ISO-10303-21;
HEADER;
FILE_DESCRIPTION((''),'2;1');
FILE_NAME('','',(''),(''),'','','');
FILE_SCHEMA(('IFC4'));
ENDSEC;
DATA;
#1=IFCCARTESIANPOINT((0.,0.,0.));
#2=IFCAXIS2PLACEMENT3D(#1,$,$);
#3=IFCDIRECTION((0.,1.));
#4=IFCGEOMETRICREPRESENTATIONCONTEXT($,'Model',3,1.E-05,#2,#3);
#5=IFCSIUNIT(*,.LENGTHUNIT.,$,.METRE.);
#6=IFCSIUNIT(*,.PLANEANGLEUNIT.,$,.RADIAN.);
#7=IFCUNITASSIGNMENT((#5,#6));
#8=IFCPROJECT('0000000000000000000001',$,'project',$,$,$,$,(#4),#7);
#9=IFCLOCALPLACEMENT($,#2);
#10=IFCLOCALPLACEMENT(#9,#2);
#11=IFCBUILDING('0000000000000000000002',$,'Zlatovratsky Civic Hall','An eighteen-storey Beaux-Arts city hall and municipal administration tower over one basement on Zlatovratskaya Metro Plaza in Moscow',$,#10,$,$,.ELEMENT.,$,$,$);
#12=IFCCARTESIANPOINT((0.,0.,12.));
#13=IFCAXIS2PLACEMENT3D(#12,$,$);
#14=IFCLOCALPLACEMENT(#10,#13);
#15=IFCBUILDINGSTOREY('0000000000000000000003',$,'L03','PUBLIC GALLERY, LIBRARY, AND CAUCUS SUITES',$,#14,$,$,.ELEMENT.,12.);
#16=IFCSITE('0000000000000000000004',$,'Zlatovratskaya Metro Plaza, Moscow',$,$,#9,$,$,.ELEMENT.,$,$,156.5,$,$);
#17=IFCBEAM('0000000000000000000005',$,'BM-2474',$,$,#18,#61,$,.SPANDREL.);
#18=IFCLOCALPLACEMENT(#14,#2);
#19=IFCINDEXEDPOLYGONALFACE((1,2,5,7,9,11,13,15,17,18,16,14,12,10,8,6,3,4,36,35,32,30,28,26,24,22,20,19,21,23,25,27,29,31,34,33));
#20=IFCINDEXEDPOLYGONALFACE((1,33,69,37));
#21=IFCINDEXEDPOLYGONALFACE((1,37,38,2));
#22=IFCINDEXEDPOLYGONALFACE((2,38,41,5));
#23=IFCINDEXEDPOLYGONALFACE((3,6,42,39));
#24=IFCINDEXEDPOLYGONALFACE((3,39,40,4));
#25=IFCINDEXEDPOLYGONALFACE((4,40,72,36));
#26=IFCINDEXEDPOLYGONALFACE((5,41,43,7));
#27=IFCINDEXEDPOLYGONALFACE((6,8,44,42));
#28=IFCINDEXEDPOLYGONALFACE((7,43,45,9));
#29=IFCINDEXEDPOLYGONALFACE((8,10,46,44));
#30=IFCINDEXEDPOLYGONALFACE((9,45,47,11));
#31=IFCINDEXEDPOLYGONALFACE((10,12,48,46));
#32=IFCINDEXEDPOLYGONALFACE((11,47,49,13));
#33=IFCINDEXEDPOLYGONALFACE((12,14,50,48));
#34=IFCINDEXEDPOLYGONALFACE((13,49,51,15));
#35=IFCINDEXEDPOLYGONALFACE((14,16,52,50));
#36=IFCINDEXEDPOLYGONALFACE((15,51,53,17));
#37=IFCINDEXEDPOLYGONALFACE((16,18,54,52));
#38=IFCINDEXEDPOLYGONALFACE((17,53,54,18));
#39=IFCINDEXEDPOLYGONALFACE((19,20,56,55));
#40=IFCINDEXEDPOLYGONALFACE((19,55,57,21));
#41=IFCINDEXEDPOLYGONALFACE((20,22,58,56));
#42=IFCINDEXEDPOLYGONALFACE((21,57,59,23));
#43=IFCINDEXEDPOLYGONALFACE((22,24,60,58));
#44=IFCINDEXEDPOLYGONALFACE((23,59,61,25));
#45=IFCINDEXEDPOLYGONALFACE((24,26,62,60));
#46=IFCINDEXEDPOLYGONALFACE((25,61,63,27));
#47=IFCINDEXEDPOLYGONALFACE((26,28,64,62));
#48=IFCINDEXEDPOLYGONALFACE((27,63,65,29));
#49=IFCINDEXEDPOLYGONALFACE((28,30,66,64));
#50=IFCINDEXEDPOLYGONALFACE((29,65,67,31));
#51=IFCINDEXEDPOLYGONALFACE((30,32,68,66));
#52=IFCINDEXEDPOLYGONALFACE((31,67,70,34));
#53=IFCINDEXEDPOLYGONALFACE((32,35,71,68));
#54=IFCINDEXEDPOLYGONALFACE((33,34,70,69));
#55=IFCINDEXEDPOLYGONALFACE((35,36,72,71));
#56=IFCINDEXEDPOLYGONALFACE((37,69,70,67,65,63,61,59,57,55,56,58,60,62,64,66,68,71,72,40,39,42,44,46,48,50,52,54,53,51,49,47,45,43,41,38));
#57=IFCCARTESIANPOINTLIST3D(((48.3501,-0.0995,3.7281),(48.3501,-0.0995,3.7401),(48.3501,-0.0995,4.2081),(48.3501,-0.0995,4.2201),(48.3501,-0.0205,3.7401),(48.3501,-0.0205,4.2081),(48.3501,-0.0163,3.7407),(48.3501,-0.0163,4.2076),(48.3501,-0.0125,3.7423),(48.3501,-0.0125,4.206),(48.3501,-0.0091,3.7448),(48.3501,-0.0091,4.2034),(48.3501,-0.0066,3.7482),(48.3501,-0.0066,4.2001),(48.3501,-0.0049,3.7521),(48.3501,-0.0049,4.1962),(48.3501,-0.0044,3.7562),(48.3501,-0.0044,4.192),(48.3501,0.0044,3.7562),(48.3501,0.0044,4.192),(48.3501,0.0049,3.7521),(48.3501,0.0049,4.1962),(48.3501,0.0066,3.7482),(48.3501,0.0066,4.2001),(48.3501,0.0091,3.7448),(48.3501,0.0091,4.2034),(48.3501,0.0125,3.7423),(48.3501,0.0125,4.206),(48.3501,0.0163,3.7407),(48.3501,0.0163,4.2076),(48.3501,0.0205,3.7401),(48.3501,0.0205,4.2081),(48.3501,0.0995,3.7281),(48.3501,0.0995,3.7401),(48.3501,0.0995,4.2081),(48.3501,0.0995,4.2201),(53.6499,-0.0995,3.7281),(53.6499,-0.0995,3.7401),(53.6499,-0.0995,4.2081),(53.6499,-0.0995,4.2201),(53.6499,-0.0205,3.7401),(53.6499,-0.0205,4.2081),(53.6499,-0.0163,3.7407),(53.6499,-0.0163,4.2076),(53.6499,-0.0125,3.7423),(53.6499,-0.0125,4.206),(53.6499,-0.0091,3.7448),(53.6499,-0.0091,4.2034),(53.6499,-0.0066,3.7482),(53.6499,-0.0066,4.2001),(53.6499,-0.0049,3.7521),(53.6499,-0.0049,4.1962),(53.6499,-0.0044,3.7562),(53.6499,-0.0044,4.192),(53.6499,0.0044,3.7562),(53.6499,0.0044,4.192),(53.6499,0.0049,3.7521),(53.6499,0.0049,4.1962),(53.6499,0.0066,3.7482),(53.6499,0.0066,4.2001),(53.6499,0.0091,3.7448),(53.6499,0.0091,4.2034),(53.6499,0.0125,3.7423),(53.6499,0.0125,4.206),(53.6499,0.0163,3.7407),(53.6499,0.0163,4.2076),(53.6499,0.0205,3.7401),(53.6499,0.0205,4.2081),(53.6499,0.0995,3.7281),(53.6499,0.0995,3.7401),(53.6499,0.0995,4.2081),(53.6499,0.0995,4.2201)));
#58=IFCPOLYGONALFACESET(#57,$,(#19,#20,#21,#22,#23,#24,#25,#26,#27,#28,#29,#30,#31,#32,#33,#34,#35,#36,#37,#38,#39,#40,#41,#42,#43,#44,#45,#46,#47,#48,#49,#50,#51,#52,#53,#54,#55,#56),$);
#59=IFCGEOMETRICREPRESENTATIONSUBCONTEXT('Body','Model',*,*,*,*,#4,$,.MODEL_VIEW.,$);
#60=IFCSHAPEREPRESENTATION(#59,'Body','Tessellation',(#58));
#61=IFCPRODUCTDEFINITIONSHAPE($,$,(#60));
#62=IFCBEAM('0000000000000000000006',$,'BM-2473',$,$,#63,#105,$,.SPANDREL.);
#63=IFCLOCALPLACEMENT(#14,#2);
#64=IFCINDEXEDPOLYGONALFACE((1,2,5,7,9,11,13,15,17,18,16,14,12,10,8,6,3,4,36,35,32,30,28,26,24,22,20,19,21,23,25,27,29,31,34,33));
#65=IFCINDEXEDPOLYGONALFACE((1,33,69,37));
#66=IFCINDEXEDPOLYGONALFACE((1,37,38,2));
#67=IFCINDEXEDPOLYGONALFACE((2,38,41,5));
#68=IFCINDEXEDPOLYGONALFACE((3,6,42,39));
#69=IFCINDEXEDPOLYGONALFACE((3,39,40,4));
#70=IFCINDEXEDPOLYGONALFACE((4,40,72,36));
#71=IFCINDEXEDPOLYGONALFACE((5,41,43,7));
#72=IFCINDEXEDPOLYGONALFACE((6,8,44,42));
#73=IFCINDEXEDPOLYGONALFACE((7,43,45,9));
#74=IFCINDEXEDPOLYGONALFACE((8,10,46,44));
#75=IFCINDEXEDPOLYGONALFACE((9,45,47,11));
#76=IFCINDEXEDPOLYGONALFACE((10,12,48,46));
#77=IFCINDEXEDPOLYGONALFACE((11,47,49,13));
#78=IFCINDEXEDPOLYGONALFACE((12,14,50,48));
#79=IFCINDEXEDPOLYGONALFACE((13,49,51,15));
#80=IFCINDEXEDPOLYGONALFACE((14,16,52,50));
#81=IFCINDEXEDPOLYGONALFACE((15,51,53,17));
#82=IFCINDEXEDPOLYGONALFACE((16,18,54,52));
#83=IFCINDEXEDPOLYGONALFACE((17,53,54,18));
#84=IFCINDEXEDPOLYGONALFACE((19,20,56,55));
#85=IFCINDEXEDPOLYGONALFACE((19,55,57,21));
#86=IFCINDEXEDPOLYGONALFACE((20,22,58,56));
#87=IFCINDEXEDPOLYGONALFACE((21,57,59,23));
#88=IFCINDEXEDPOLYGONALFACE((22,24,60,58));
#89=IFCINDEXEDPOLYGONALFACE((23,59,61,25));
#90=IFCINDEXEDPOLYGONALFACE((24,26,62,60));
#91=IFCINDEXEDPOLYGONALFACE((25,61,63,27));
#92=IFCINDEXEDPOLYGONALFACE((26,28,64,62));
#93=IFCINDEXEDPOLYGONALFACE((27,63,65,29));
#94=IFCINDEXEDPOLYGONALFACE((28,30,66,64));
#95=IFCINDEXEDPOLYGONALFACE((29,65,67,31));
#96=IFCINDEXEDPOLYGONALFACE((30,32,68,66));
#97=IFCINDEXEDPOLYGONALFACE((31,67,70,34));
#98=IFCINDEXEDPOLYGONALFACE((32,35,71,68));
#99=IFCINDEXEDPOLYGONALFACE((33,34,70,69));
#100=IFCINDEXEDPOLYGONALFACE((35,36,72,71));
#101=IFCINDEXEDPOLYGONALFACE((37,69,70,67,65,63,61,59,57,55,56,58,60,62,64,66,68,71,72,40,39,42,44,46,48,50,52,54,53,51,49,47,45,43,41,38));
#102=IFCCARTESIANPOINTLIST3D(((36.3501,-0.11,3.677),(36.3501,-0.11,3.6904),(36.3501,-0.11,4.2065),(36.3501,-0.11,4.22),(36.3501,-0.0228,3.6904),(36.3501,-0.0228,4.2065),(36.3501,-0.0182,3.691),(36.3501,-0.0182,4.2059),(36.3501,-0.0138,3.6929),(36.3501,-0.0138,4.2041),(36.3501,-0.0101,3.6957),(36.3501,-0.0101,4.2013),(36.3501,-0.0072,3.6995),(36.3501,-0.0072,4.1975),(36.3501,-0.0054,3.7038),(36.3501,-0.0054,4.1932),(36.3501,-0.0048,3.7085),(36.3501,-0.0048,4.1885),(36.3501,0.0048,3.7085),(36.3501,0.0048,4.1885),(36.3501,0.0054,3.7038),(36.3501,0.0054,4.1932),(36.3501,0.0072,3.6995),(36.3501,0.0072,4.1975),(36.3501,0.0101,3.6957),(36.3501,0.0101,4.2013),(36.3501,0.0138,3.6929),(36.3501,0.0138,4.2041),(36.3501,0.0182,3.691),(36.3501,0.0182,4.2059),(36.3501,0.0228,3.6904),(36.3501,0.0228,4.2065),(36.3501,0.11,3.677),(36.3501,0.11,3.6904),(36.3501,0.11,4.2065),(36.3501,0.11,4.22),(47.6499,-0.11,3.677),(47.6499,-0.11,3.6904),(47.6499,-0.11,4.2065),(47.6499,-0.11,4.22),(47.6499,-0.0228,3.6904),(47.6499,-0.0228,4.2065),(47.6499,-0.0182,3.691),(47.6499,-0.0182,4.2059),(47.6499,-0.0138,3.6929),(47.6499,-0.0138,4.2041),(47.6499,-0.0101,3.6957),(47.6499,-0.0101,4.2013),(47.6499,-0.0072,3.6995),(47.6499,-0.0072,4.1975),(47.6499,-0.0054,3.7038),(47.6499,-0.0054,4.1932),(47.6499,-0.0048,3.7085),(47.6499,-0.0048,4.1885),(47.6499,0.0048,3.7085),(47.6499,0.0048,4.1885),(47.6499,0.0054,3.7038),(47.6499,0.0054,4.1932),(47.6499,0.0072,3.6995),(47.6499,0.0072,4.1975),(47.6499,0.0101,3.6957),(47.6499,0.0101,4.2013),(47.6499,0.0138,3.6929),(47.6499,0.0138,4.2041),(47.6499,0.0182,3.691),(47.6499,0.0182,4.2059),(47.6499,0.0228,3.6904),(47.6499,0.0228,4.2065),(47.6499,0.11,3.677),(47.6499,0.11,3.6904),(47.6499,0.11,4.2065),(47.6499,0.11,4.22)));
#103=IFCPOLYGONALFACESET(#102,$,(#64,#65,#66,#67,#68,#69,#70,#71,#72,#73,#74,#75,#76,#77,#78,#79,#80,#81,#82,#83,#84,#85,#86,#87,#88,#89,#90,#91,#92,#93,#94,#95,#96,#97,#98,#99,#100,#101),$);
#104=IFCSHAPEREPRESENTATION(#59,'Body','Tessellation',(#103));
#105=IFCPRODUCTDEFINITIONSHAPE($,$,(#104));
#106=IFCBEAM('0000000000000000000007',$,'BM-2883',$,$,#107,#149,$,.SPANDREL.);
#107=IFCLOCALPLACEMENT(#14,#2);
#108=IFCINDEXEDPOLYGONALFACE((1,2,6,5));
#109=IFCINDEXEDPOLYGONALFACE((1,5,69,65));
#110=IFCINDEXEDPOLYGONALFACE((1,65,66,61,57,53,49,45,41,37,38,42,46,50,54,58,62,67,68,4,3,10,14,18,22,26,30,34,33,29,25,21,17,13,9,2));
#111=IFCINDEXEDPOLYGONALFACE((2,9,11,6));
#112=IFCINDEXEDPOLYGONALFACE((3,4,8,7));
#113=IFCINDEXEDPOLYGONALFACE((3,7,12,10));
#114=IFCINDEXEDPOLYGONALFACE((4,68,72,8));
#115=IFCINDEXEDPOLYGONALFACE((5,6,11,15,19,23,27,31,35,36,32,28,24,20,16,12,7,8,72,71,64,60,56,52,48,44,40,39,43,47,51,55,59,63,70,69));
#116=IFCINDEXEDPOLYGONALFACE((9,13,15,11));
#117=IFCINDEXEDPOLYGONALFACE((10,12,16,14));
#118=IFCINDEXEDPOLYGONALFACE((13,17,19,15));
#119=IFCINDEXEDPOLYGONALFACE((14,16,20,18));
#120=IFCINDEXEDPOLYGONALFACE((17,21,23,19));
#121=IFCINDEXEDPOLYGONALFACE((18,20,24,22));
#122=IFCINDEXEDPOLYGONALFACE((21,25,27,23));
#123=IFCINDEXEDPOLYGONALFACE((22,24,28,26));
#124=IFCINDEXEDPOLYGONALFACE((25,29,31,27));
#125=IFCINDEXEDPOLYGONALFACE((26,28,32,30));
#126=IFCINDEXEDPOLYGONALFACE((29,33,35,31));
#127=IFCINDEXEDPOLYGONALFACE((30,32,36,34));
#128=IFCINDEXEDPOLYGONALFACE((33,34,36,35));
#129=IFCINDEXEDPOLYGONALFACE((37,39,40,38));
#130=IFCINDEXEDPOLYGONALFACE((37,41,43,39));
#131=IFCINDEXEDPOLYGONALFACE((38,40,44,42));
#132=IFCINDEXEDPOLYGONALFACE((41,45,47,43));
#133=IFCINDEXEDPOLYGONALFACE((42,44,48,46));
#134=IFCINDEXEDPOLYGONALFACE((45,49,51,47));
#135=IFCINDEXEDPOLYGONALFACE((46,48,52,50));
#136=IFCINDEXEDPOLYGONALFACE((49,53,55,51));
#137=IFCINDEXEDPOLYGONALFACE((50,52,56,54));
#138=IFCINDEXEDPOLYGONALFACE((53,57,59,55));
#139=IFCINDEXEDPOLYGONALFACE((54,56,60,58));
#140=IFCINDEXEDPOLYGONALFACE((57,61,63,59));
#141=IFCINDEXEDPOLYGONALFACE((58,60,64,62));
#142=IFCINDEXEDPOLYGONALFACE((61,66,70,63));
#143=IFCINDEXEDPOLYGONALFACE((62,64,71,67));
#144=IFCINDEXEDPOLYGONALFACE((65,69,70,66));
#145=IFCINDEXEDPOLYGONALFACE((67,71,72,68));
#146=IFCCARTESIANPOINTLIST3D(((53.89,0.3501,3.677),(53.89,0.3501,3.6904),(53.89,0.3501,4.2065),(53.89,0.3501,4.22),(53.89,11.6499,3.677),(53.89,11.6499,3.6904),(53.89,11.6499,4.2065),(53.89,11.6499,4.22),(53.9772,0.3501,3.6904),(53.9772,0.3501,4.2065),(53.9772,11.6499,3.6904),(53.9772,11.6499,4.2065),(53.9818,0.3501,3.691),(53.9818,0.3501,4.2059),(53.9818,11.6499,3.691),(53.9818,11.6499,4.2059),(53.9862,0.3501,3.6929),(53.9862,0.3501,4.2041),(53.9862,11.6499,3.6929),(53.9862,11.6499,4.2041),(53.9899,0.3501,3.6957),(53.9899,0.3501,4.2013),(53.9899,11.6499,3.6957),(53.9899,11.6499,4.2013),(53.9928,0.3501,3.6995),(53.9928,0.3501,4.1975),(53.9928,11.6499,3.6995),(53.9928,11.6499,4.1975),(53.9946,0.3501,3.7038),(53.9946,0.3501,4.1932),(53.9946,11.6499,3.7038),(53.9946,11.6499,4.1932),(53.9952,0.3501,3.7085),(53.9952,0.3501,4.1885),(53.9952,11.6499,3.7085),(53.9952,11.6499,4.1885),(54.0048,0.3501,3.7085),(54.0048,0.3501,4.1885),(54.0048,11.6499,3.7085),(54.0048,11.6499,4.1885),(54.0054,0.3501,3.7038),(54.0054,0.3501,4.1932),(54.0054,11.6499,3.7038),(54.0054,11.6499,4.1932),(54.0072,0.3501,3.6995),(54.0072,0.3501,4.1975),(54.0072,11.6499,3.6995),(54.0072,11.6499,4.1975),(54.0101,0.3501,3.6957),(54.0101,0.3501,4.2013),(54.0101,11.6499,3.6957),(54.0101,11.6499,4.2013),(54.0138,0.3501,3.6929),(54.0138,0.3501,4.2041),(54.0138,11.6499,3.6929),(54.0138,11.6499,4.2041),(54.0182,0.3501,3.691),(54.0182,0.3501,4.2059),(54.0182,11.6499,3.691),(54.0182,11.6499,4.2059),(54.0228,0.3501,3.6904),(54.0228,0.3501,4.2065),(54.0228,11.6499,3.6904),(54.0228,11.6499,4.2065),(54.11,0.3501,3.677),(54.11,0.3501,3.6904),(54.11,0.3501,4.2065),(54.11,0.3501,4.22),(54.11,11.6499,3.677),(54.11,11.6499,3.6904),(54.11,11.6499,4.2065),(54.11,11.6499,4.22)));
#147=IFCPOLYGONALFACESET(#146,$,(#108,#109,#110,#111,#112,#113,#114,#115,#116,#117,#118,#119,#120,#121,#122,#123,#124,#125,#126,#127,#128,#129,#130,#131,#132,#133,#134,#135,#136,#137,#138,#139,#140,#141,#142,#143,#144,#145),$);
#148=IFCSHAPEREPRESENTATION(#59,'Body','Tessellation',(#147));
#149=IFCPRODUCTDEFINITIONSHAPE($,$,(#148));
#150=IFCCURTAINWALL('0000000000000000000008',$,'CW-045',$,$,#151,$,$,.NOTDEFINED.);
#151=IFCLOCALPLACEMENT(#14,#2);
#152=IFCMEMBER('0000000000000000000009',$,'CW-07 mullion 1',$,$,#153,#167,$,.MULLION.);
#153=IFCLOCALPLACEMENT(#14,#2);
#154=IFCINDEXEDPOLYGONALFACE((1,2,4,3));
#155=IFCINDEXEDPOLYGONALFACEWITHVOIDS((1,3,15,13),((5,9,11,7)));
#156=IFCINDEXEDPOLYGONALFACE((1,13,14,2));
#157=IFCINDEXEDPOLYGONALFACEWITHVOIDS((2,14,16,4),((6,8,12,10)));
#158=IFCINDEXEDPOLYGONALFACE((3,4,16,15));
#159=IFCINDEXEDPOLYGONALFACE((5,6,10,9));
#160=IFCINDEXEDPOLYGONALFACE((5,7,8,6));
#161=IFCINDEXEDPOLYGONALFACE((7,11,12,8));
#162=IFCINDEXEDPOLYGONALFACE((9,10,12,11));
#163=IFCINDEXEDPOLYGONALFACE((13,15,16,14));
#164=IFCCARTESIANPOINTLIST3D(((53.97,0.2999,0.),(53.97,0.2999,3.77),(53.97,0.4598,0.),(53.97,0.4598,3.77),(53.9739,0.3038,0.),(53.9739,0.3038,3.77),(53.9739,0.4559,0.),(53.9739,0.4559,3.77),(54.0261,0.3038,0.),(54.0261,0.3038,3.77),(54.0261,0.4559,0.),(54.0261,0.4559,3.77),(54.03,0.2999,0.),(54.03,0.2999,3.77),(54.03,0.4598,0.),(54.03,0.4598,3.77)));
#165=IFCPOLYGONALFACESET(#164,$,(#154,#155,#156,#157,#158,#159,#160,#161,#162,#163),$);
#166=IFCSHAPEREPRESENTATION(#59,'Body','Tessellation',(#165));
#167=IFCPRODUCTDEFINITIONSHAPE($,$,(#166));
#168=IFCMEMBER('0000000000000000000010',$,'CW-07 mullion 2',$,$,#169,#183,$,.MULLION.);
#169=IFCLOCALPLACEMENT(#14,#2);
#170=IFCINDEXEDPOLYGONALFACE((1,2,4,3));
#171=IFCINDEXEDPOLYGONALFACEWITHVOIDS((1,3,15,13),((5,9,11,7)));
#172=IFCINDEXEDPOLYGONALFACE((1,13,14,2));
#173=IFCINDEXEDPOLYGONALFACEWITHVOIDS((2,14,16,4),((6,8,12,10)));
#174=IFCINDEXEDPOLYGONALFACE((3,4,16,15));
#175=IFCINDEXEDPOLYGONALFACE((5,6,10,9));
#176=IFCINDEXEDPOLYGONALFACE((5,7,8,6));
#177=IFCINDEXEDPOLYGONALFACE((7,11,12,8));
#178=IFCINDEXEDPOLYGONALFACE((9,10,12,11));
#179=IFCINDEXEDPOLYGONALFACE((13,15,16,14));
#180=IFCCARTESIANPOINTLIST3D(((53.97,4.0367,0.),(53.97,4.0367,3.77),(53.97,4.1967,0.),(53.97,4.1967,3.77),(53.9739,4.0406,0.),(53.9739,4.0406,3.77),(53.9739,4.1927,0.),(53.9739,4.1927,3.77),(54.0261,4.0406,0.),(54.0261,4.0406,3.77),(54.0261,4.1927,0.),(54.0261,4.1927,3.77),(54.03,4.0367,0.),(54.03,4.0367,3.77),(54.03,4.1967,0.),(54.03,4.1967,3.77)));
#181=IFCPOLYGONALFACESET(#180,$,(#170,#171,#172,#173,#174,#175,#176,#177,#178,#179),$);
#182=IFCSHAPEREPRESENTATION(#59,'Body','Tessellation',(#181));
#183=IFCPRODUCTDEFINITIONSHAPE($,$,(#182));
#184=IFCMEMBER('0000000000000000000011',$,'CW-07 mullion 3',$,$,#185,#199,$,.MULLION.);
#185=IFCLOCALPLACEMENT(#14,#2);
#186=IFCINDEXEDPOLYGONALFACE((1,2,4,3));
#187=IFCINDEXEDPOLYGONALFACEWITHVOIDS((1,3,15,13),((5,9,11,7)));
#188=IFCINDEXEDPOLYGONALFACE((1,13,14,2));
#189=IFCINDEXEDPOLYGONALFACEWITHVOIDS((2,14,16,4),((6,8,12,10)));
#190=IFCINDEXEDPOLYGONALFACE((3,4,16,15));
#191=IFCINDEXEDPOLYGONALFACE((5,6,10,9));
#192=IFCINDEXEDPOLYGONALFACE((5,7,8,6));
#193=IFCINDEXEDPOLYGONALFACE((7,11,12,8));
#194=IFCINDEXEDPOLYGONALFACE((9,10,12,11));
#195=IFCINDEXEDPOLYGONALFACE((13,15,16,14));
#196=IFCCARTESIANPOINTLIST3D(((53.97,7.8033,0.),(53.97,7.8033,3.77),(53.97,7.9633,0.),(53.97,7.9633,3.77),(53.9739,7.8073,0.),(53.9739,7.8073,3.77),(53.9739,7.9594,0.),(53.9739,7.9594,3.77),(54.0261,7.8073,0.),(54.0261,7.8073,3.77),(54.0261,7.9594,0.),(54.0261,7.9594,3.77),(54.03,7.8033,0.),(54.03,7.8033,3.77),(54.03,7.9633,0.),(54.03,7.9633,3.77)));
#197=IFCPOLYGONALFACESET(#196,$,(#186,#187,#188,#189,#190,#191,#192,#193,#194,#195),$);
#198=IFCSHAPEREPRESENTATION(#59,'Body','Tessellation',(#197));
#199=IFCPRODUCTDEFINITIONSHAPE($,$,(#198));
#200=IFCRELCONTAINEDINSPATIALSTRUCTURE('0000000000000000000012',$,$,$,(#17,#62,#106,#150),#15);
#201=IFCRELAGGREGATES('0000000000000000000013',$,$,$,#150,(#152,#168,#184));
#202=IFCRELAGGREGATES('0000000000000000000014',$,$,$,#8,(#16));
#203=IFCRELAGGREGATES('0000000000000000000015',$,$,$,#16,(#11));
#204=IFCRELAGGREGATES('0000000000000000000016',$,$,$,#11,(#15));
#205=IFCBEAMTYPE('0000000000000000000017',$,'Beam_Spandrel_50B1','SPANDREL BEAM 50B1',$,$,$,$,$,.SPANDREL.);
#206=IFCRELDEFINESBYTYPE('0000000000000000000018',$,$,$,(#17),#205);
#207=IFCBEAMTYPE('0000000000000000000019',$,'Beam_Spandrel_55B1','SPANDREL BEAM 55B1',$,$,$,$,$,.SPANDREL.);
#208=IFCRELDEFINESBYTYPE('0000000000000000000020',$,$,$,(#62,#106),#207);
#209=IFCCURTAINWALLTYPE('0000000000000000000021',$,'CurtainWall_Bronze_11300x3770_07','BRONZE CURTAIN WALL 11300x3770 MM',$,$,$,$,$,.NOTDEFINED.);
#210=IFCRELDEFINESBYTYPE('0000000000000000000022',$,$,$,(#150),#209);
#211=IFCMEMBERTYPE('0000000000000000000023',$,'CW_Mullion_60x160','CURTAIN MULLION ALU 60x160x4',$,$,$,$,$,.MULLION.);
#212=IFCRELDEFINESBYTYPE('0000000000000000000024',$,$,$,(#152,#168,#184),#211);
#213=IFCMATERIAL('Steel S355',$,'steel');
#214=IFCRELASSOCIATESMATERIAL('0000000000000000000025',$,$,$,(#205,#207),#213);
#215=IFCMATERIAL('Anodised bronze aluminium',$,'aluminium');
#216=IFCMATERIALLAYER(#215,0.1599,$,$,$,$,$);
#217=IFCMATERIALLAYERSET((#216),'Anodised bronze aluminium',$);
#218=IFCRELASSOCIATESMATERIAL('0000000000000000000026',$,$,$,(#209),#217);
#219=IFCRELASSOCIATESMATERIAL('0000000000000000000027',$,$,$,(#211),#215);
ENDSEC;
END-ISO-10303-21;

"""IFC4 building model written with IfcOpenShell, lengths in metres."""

from ifc_helpers import new_model, si_unit, direction, frame, origin, origin_2d, place, context, subcontext, project, spatial, hollow_rectangle, i_section, extrude, material, layer, layer_set, material_profile, profile_set, type_object, element, aggregate, save


model = new_model("IFC4")

# Units and contexts
model_context = context("Model", 3, precision=1e-05, world=origin(), true_north=direction((0.0, 1.0)))
body_context = subcontext(model_context, "Body", "Model", "MODEL_VIEW")
ifc_project = project(units=[si_unit("LENGTHUNIT", "METRE"), si_unit("PLANEANGLEUNIT", "RADIAN")], contexts=[model_context])

# Site, building, storey
site_placement = place(None, origin())
site = spatial("IfcSite", under=ifc_project, at=site_placement, Name="Zlatovratskaya Metro Plaza, Moscow", CompositionType="ELEMENT", RefElevation=156.5)
building_placement = place(site_placement, origin())
building = spatial("IfcBuilding", under=site, at=building_placement, Name="Zlatovratsky Civic Hall", Description="An eighteen-storey Beaux-Arts city hall and municipal administration tower over one basement on Zlatovratskaya Metro Plaza in Moscow", CompositionType="ELEMENT")
storey_placement = place(building_placement, frame((0.0, 0.0, 12.0)))
storey = spatial("IfcBuildingStorey", under=building, at=storey_placement, Name="L03", Description="PUBLIC GALLERY, LIBRARY, AND CAUCUS SUITES", CompositionType="ELEMENT", Elevation=12.0)

# Shared definitions
ifc_material_1 = material(Name="Steel S355", Category="steel")

# Beams
ifc_material_profile_1 = material_profile(ifc_material_1, i_section(OverallWidth=0.199, OverallDepth=0.4919, WebThickness=0.0088, FlangeThickness=0.012, FilletRadius=0.0161, at=origin_2d()), Name="50B1")
ifc_profile_set_1 = profile_set([ifc_material_profile_1], Name="Steel S355")
beam_type_1 = type_object("IfcBeamType", Name="Beam_Spandrel_50B1", Description="SPANDREL BEAM 50B1", PredefinedType="SPANDREL", material=ifc_profile_set_1)
beam_1_placement = place(storey_placement, frame((48.3501, 0.0, 3.9741), z_axis=(1.0, 0.0, 0.0), x_axis=(0.0, 1.0, 0.0)))
element("IfcBeam", 1, at=beam_1_placement, inside=storey, type_object=beam_type_1, Name="BM-2474", PredefinedType="SPANDREL", context=body_context, shape_type="SweptSolid", body=[
    extrude(i_section(OverallWidth=0.199, OverallDepth=0.4919, WebThickness=0.0088, FlangeThickness=0.012, FilletRadius=0.0161, at=origin_2d()), origin(), (0.0, 0.0, 1.0), 5.2998),
])
ifc_material_profile_2 = material_profile(ifc_material_1, i_section(OverallWidth=0.22, OverallDepth=0.543, WebThickness=0.0095, FlangeThickness=0.0134, FilletRadius=0.0181, at=origin_2d()), Name="55B1")
ifc_profile_set_2 = profile_set([ifc_material_profile_2], Name="Steel S355")
beam_type_2 = type_object("IfcBeamType", Name="Beam_Spandrel_55B1", Description="SPANDREL BEAM 55B1", PredefinedType="SPANDREL", material=ifc_profile_set_2)
for number, where, z_axis, x_axis, name in (
    (2, (36.3501, 0.0, 3.9485), (1.0, 0.0, 0.0), (0.0, 1.0, 0.0), "BM-2473"),
    (3, (54.0, 0.3501, 3.9485), (0.0, 1.0, 0.0), (-1.0, 0.0, 0.0), "BM-2883"),
):
    element("IfcBeam", number, at=place(storey_placement, frame(where, z_axis=z_axis, x_axis=x_axis)), inside=storey, type_object=beam_type_2, Name=name, PredefinedType="SPANDREL", context=body_context, shape_type="SweptSolid", body=[
        extrude(i_section(OverallWidth=0.22, OverallDepth=0.543, WebThickness=0.0095, FlangeThickness=0.0134, FilletRadius=0.0181, at=origin_2d()), origin(), (0.0, 0.0, 1.0), 11.2998),
    ])

# Curtain wall, members
ifc_material_2 = material(Name="Anodised bronze aluminium", Category="aluminium")
ifc_layer_1 = layer(ifc_material_2, 0.1599)
ifc_layer_set_1 = layer_set([ifc_layer_1], Name="Anodised bronze aluminium")
curtain_wall_type = type_object("IfcCurtainWallType", Name="CurtainWall_Bronze_11300x3770_07", Description="BRONZE CURTAIN WALL 11300x3770 MM", PredefinedType="NOTDEFINED", material=ifc_layer_set_1)
curtain_wall_placement = place(storey_placement, origin())
curtain_wall = element("IfcCurtainWall", 4, at=curtain_wall_placement, inside=storey, type_object=curtain_wall_type, Name="CW-045", PredefinedType="NOTDEFINED")
ifc_material_profile_3 = material_profile(ifc_material_2, hollow_rectangle(XDim=0.0601, YDim=0.1599, WallThickness=0.0039, at=origin_2d()), Name="ALU 60x160x4")
ifc_profile_set_3 = profile_set([ifc_material_profile_3], Name="Anodised bronze aluminium")
member_type_1 = type_object("IfcMemberType", Name="CW_Mullion_60x160", Description="CURTAIN MULLION ALU 60x160x4", PredefinedType="MULLION", material=ifc_profile_set_3)
member_1_placement = place(storey_placement, frame((54.0, 0.3799, 0.0), z_axis=(0.0, 0.0, 1.0), x_axis=(-1.0, 0.0, 0.0)))
member_1 = element("IfcMember", 5, at=member_1_placement, type_object=member_type_1, Name="CW-07 mullion 1", PredefinedType="MULLION", context=body_context, shape_type="SweptSolid", body=[
    extrude(hollow_rectangle(XDim=0.0601, YDim=0.1599, WallThickness=0.0039, at=origin_2d()), origin(), (0.0, 0.0, 1.0), 3.77),
])
member_2_placement = place(storey_placement, frame((54.0, 4.1167, 0.0), z_axis=(0.0, 0.0, 1.0), x_axis=(-1.0, 0.0, 0.0)))
member_2 = element("IfcMember", 6, at=member_2_placement, type_object=member_type_1, Name="CW-07 mullion 2", PredefinedType="MULLION", context=body_context, shape_type="SweptSolid", body=[
    extrude(hollow_rectangle(XDim=0.0601, YDim=0.1599, WallThickness=0.0039, at=origin_2d()), origin(), (0.0, 0.0, 1.0), 3.77),
])
member_3_placement = place(storey_placement, frame((54.0, 7.8833, 0.0), z_axis=(0.0, 0.0, 1.0), x_axis=(-1.0, 0.0, 0.0)))
member_3 = element("IfcMember", 7, at=member_3_placement, type_object=member_type_1, Name="CW-07 mullion 3", PredefinedType="MULLION", context=body_context, shape_type="SweptSolid", body=[
    extrude(hollow_rectangle(XDim=0.0601, YDim=0.1599, WallThickness=0.0039, at=origin_2d()), origin(), (0.0, 0.0, 1.0), 3.77),
])

aggregate(curtain_wall, [member_1, member_2, member_3])

save(model, "model.ifc")
